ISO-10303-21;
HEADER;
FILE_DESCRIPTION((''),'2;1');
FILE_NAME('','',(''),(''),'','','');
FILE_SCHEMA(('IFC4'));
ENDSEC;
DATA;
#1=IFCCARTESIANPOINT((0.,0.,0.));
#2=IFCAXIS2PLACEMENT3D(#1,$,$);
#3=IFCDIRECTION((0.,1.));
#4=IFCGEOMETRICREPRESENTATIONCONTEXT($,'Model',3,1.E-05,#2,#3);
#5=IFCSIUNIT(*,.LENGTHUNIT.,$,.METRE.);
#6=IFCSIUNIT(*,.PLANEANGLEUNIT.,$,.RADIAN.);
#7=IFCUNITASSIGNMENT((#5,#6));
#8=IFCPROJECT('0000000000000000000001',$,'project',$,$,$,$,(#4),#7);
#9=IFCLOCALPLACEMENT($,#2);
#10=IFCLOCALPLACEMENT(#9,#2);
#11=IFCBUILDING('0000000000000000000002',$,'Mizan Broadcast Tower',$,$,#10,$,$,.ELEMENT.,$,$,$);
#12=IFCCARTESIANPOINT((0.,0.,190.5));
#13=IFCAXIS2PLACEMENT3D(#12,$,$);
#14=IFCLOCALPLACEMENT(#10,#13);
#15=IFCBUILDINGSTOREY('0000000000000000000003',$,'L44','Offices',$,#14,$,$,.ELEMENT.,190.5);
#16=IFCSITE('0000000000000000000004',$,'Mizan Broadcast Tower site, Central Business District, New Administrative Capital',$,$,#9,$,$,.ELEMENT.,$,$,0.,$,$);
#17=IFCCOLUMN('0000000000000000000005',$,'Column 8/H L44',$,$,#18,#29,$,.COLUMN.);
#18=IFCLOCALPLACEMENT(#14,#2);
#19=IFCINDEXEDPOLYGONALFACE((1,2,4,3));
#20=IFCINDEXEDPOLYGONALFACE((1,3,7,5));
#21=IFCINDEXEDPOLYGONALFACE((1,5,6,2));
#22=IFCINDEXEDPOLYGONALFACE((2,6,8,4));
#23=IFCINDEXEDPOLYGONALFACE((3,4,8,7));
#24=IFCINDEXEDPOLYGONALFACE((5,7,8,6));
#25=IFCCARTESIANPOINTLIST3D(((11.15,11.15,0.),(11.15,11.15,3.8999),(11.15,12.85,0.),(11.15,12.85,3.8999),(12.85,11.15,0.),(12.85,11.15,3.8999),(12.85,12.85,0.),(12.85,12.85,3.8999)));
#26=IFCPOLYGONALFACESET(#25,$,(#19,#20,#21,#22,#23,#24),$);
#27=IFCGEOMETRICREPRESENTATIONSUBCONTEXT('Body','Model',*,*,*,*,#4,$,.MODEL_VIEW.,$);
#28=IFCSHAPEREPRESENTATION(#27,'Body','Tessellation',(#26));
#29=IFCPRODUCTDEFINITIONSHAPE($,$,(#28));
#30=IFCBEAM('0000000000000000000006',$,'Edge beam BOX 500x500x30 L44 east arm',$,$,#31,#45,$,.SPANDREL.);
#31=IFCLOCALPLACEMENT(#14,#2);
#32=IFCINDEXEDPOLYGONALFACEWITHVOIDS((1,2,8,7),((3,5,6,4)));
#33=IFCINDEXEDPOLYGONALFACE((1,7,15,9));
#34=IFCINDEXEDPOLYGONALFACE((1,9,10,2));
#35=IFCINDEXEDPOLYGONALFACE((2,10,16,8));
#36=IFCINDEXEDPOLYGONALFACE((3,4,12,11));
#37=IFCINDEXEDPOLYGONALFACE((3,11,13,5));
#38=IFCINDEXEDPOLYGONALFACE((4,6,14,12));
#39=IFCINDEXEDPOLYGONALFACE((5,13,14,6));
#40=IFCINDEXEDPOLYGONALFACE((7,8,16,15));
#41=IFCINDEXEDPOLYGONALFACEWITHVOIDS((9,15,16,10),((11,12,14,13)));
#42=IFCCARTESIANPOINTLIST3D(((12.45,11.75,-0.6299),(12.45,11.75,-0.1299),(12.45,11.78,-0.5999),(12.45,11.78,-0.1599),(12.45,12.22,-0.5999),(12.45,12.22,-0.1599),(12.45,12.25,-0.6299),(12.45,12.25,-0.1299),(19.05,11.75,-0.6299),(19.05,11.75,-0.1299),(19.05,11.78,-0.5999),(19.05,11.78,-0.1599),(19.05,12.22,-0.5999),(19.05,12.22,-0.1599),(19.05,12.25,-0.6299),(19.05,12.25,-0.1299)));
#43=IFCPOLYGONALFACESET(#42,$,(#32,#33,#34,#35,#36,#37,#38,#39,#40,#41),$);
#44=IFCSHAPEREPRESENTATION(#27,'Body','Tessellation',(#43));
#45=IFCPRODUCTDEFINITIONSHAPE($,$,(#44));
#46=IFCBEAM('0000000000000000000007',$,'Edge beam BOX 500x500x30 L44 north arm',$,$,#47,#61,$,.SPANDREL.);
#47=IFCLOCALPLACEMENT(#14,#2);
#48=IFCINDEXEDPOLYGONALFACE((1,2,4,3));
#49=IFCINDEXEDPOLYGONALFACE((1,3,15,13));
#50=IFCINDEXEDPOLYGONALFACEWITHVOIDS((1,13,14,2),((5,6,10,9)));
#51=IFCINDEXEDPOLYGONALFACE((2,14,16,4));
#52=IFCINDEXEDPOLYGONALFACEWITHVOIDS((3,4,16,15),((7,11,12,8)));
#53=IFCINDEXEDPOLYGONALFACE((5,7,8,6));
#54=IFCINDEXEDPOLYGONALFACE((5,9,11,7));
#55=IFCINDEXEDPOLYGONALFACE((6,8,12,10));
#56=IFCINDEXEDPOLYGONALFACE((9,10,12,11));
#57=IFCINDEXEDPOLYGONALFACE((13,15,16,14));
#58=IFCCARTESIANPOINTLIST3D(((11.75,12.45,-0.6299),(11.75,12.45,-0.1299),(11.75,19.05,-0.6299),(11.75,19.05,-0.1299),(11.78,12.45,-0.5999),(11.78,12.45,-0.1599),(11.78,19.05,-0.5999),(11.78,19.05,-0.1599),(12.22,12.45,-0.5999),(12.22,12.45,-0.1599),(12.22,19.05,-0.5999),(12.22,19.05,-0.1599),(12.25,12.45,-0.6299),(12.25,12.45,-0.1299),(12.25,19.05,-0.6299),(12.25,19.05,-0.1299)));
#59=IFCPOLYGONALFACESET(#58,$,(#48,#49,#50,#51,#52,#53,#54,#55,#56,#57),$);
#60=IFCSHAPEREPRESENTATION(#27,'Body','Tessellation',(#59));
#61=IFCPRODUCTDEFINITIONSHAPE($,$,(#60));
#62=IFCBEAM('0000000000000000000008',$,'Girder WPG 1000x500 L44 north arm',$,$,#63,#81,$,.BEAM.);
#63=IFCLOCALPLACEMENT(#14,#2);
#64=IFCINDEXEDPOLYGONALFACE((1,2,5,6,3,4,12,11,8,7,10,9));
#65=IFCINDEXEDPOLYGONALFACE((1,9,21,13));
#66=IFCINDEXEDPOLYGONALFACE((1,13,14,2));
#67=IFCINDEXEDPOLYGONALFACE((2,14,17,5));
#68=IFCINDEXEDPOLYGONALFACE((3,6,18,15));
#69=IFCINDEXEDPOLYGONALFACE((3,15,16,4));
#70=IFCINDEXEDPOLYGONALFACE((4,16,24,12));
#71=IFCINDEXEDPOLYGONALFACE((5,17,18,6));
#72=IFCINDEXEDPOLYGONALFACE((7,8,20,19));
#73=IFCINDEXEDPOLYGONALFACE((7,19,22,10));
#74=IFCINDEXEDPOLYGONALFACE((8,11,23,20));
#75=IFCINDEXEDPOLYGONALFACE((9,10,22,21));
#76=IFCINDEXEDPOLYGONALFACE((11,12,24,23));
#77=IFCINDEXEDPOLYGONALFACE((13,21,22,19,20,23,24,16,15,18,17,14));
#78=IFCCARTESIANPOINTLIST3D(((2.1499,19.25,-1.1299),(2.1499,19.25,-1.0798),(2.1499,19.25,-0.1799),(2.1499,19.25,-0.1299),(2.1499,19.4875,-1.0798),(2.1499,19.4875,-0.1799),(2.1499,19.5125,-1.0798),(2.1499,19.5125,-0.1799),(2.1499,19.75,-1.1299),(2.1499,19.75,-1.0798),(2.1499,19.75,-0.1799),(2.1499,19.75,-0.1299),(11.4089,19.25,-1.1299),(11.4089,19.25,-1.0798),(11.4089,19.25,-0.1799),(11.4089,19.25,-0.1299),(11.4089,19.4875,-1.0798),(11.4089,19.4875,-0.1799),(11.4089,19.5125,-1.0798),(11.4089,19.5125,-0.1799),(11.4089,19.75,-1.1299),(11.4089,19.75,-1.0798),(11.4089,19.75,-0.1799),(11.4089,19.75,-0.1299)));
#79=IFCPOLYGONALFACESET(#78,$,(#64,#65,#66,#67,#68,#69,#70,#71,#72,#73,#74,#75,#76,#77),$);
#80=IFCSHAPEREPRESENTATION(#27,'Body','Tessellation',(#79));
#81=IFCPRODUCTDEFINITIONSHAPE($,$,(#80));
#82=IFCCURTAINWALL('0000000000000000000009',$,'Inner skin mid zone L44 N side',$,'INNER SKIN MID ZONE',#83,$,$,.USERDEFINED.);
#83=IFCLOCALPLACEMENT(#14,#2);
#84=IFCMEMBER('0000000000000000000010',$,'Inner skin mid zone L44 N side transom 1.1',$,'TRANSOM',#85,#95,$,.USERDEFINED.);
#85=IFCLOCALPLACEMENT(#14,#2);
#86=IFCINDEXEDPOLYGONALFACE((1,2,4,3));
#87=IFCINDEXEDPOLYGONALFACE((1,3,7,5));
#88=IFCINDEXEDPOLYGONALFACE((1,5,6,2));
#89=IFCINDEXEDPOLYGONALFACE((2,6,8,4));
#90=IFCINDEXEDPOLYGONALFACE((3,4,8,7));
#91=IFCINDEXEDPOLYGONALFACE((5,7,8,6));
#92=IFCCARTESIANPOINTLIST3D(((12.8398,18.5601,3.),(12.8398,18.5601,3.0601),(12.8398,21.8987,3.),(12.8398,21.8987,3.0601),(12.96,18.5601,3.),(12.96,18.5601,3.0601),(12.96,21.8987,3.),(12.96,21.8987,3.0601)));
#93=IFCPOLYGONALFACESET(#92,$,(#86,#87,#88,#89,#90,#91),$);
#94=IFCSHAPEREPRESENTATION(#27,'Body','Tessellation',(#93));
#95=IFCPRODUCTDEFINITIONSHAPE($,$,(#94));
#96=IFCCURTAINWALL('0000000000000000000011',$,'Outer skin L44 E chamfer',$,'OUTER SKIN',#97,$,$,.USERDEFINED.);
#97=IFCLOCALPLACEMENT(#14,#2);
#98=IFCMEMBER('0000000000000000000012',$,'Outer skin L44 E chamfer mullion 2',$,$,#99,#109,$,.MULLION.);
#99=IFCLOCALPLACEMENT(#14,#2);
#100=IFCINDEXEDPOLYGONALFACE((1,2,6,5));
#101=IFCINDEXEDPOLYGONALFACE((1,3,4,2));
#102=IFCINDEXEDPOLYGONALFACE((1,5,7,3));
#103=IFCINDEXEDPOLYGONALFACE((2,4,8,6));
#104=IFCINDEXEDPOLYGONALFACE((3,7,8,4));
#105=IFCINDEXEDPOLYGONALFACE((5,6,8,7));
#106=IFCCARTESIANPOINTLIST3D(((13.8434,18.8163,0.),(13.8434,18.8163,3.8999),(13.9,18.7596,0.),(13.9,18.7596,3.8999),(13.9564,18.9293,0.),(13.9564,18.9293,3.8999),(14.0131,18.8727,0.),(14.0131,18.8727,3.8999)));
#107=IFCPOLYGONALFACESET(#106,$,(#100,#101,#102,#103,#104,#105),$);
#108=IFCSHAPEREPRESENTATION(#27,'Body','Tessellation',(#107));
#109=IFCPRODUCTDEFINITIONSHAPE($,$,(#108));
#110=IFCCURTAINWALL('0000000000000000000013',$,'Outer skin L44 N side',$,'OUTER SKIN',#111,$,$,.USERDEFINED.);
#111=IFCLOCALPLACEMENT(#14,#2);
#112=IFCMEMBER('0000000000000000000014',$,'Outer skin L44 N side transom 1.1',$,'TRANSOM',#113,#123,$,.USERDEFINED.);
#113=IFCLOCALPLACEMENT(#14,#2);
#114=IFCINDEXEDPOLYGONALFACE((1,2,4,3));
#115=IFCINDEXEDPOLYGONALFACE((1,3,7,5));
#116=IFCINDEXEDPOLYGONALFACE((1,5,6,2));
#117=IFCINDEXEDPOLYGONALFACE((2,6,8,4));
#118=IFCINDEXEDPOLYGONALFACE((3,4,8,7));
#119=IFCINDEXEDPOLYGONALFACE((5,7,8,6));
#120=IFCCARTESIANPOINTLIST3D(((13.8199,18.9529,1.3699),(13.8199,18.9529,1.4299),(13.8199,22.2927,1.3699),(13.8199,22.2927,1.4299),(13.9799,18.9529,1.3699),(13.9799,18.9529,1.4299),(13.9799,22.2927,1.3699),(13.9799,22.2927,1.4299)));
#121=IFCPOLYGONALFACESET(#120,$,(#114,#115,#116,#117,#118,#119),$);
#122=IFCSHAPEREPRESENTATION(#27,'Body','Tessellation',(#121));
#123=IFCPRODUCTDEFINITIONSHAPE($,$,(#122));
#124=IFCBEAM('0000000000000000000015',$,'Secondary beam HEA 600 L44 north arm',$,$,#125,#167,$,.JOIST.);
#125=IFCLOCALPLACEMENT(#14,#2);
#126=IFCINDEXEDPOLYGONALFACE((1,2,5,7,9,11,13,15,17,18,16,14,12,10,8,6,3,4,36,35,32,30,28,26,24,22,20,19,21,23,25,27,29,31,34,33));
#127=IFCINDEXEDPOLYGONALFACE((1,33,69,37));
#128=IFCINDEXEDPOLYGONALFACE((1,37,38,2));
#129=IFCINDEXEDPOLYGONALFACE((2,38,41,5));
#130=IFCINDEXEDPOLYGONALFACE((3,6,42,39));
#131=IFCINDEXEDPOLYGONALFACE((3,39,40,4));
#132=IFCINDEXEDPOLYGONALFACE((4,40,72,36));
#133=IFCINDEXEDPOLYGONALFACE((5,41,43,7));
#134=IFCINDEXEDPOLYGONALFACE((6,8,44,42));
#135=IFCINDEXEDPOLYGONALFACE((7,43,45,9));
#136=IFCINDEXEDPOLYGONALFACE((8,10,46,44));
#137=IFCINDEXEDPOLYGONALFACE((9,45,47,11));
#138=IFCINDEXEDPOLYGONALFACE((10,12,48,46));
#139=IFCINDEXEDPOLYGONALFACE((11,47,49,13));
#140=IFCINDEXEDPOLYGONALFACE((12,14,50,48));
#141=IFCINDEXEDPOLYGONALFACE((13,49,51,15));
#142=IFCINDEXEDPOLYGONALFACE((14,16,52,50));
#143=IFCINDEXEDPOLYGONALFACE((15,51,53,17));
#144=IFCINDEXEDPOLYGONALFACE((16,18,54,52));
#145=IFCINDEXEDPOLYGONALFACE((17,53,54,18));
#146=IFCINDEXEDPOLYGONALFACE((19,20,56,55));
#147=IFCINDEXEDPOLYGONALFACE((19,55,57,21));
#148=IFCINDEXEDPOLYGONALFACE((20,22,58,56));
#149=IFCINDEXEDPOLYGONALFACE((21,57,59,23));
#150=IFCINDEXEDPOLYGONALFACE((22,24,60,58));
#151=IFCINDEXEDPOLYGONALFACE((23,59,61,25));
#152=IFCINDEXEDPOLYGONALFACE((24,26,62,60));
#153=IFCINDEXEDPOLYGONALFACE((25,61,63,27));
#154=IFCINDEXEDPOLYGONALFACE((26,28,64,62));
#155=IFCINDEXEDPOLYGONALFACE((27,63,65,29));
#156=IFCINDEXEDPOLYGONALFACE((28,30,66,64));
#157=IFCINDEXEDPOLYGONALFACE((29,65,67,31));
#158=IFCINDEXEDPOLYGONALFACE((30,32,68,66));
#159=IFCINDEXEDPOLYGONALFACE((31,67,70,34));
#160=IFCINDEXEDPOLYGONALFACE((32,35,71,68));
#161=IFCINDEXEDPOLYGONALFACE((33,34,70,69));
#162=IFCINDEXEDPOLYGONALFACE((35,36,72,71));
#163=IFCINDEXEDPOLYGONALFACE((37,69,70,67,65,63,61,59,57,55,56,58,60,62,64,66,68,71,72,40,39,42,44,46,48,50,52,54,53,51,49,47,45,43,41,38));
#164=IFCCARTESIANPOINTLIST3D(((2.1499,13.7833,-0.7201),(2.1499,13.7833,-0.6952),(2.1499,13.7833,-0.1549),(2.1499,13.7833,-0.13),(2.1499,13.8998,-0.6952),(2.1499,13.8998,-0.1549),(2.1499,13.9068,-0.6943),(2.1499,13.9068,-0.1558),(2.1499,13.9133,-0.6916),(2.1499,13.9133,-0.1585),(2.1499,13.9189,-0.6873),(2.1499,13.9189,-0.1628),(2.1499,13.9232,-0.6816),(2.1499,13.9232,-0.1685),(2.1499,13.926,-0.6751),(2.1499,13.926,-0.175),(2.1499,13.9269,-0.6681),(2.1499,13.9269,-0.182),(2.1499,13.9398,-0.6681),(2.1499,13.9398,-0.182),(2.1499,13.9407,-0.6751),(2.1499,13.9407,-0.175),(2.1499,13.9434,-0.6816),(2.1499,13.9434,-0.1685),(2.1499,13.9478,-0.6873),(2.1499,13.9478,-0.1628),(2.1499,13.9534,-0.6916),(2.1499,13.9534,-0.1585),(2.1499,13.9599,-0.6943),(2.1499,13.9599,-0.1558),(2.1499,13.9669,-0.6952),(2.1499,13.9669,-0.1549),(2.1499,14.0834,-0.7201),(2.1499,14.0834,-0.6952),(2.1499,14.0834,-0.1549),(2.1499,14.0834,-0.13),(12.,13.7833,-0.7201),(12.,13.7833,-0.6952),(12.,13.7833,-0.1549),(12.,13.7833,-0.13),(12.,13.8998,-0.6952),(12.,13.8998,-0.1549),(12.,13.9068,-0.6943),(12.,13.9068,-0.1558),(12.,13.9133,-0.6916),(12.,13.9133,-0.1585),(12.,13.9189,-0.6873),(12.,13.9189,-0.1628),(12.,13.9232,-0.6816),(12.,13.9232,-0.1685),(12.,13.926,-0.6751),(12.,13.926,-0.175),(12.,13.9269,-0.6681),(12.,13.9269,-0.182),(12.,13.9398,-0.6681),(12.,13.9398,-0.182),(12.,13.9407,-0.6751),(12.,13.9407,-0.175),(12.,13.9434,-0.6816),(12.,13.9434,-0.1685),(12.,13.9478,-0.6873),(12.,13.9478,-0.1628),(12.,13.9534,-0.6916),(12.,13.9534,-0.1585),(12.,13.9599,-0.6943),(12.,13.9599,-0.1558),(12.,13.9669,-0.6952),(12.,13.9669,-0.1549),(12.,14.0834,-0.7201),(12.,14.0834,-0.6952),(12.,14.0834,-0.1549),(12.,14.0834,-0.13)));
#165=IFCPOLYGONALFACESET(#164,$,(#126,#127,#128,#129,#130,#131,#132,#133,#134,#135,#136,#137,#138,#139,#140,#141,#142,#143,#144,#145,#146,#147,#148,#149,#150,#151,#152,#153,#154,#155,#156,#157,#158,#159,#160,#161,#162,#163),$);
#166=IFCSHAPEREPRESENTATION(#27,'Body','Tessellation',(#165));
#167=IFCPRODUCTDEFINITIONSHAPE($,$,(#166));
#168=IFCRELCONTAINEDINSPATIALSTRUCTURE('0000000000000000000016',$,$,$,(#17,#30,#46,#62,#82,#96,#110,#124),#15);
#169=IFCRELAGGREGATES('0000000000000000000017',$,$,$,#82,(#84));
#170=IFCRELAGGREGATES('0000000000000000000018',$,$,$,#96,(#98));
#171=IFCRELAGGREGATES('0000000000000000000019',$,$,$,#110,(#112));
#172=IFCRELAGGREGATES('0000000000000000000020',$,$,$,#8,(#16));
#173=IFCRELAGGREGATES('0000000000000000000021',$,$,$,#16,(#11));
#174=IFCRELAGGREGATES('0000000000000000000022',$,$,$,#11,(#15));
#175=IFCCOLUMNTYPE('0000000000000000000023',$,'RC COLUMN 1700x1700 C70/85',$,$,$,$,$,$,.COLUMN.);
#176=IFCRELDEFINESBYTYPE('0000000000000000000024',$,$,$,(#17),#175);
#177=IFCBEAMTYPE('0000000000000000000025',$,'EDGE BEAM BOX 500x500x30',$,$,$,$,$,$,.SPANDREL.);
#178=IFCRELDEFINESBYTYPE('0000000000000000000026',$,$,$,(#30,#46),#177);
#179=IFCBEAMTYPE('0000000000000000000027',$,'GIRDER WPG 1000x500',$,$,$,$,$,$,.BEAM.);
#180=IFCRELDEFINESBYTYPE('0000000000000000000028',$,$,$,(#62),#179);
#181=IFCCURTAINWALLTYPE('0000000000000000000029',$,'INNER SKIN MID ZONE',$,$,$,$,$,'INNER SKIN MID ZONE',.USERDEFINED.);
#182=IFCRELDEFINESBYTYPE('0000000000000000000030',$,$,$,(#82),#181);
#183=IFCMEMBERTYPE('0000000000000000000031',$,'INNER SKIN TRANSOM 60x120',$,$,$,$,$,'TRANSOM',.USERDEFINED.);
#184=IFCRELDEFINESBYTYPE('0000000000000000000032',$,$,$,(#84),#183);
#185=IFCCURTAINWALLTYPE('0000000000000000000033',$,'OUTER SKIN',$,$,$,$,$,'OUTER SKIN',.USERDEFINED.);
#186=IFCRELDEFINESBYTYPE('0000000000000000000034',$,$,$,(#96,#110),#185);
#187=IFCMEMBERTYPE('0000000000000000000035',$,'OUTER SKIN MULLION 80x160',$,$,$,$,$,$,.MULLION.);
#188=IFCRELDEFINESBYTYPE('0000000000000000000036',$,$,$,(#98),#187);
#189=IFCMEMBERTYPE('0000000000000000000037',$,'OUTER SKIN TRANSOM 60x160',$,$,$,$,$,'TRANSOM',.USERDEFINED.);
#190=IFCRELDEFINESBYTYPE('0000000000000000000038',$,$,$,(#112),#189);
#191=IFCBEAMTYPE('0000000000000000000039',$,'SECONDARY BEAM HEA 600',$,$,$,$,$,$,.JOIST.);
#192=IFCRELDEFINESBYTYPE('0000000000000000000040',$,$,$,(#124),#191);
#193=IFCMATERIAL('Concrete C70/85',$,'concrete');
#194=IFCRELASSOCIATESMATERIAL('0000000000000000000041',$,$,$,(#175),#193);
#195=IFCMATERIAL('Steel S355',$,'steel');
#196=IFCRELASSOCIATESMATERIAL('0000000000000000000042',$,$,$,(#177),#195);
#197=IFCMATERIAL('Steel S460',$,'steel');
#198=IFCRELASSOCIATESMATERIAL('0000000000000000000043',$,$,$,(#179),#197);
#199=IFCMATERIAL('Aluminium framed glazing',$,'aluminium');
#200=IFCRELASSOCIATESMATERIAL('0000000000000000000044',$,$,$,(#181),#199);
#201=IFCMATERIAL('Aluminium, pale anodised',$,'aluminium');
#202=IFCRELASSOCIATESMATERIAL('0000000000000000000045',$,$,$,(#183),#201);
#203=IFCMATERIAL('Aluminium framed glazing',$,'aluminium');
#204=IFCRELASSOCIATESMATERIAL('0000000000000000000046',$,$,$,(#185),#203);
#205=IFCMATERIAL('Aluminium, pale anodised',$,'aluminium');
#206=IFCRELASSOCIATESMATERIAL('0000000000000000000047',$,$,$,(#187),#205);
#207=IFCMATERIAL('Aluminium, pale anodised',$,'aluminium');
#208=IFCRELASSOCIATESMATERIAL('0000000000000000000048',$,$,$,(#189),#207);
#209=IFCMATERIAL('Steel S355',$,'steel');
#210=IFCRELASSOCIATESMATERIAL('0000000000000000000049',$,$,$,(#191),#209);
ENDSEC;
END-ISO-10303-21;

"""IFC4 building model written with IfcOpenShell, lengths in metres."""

from ifc_helpers import new_model, si_unit, direction, frame, origin, origin_2d, place, context, subcontext, project, spatial, rectangle, hollow_rectangle, i_section, extrude, material, material_profile, profile_set, type_object, element, aggregate, save


model = new_model("IFC4")

# Units and contexts
model_context = context("Model", 3, precision=1e-05, world=origin(), true_north=direction((0.0, 1.0)))
body_context = subcontext(model_context, "Body", "Model", "MODEL_VIEW")
ifc_project = project(units=[si_unit("LENGTHUNIT", "METRE"), si_unit("PLANEANGLEUNIT", "RADIAN")], contexts=[model_context])

# Site, building, storey
site_placement = place(None, origin())
site = spatial("IfcSite", under=ifc_project, at=site_placement, Name="Mizan Broadcast Tower site, Central Business District, New Administrative Capital", CompositionType="ELEMENT", RefElevation=0.0)
building_placement = place(site_placement, origin())
building = spatial("IfcBuilding", under=site, at=building_placement, Name="Mizan Broadcast Tower", CompositionType="ELEMENT")
storey_placement = place(building_placement, frame((0.0, 0.0, 190.5)))
storey = spatial("IfcBuildingStorey", under=building, at=storey_placement, Name="L44", Description="Offices", CompositionType="ELEMENT", Elevation=190.5)

# Column
ifc_material_1 = material(Name="Concrete C70/85", Category="concrete")
ifc_material_profile_1 = material_profile(ifc_material_1, rectangle(XDim=1.7, YDim=1.7, at=origin_2d()), Name="RC 1700x1700")
ifc_profile_set_1 = profile_set([ifc_material_profile_1], Name="Concrete C70/85")
column_type = type_object("IfcColumnType", Name="RC COLUMN 1700x1700 C70/85", PredefinedType="COLUMN", material=ifc_profile_set_1)
column_placement = place(storey_placement, frame((12.0, 12.0, 0.0), z_axis=(0.0, 0.0, 1.0), x_axis=(1.0, 0.0, 0.0)))
element("IfcColumn", 1, at=column_placement, inside=storey, type_object=column_type, Name="Column 8/H L44", PredefinedType="COLUMN", context=body_context, shape_type="SweptSolid", body=[
    extrude(rectangle(XDim=1.7, YDim=1.7, at=origin_2d()), origin(), (0.0, 0.0, 1.0), 3.8999),
])

# Beams
ifc_material_2 = material(Name="Steel S355", Category="steel")
ifc_material_profile_2 = material_profile(ifc_material_2, hollow_rectangle(XDim=0.5, YDim=0.5, WallThickness=0.03, at=origin_2d()), Name="BOX 500x500x30")
ifc_profile_set_2 = profile_set([ifc_material_profile_2], Name="Steel S355")
beam_type_1 = type_object("IfcBeamType", Name="EDGE BEAM BOX 500x500x30", PredefinedType="SPANDREL", material=ifc_profile_set_2)
for number, where, z_axis, x_axis, name in (
    (2, (12.45, 12.0, -0.3799), (1.0, 0.0, 0.0), (0.0, 1.0, 0.0), "Edge beam BOX 500x500x30 L44 east arm"),
    (3, (12.0, 12.45, -0.3799), (0.0, 1.0, 0.0), (-1.0, 0.0, 0.0), "Edge beam BOX 500x500x30 L44 north arm"),
):
    element("IfcBeam", number, at=place(storey_placement, frame(where, z_axis=z_axis, x_axis=x_axis)), inside=storey, type_object=beam_type_1, Name=name, PredefinedType="SPANDREL", context=body_context, shape_type="SweptSolid", body=[
        extrude(hollow_rectangle(XDim=0.5, YDim=0.5, WallThickness=0.03, at=origin_2d()), origin(), (0.0, 0.0, 1.0), 6.6001),
    ])
ifc_material_3 = material(Name="Steel S460", Category="steel")
ifc_material_profile_3 = material_profile(ifc_material_3, i_section(OverallWidth=0.5, OverallDepth=1.0, WebThickness=0.0249, FlangeThickness=0.05, at=origin_2d()), Name="WPG 1000x500")
ifc_profile_set_3 = profile_set([ifc_material_profile_3], Name="Steel S460")
beam_type_2 = type_object("IfcBeamType", Name="GIRDER WPG 1000x500", PredefinedType="BEAM", material=ifc_profile_set_3)
beam_1_placement = place(storey_placement, frame((11.4089, 19.5, -0.6299), z_axis=(-1.0, 0.0, 0.0), x_axis=(0.0, -1.0, 0.0)))
element("IfcBeam", 4, at=beam_1_placement, inside=storey, type_object=beam_type_2, Name="Girder WPG 1000x500 L44 north arm", PredefinedType="BEAM", context=body_context, shape_type="SweptSolid", body=[
    extrude(i_section(OverallWidth=0.5, OverallDepth=1.0, WebThickness=0.0249, FlangeThickness=0.05, at=origin_2d()), origin(), (0.0, 0.0, 1.0), 9.259),
])

# Curtain walls, members
ifc_material_4 = material(Name="Aluminium framed glazing", Category="aluminium")
curtain_wall_type_1 = type_object("IfcCurtainWallType", Name="INNER SKIN MID ZONE", ElementType="INNER SKIN MID ZONE", PredefinedType="USERDEFINED", material=ifc_material_4)
curtain_wall_1_placement = place(storey_placement, origin())
curtain_wall_1 = element("IfcCurtainWall", 5, at=curtain_wall_1_placement, inside=storey, type_object=curtain_wall_type_1, Name="Inner skin mid zone L44 N side", ObjectType="INNER SKIN MID ZONE", PredefinedType="USERDEFINED")
ifc_material_5 = material(Name="Aluminium, pale anodised", Category="aluminium")
ifc_material_profile_4 = material_profile(ifc_material_5, rectangle(XDim=0.1201, YDim=0.0601, at=origin_2d()), Name="TRANSOM 120x60")
ifc_profile_set_4 = profile_set([ifc_material_profile_4], Name="Aluminium, pale anodised")
member_type_1 = type_object("IfcMemberType", Name="INNER SKIN TRANSOM 60x120", ElementType="TRANSOM", PredefinedType="USERDEFINED", material=ifc_profile_set_4)
member_1_placement = place(storey_placement, frame((12.8999, 18.5601, 3.03), z_axis=(0.0, 1.0, 0.0), x_axis=(-1.0, 0.0, 0.0)))
member_1 = element("IfcMember", 6, at=member_1_placement, type_object=member_type_1, Name="Inner skin mid zone L44 N side transom 1.1", ObjectType="TRANSOM", PredefinedType="USERDEFINED", context=body_context, shape_type="SweptSolid", body=[
    extrude(rectangle(XDim=0.1201, YDim=0.0601, at=origin_2d()), origin(), (0.0, 0.0, 1.0), 3.3386),
])
aggregate(curtain_wall_1, [member_1])
ifc_material_6 = material(Name="Aluminium framed glazing", Category="aluminium")
curtain_wall_type_2 = type_object("IfcCurtainWallType", Name="OUTER SKIN", ElementType="OUTER SKIN", PredefinedType="USERDEFINED", material=ifc_material_6)
curtain_wall_2_placement = place(storey_placement, origin())
curtain_wall_2 = element("IfcCurtainWall", 7, at=curtain_wall_2_placement, inside=storey, type_object=curtain_wall_type_2, Name="Outer skin L44 E chamfer", ObjectType="OUTER SKIN", PredefinedType="USERDEFINED")
ifc_material_7 = material(Name="Aluminium, pale anodised", Category="aluminium")
ifc_material_profile_5 = material_profile(ifc_material_7, rectangle(XDim=0.1599, YDim=0.0801, at=origin_2d()), Name="MULLION 160x80")
ifc_profile_set_5 = profile_set([ifc_material_profile_5], Name="Aluminium, pale anodised")
member_type_2 = type_object("IfcMemberType", Name="OUTER SKIN MULLION 80x160", PredefinedType="MULLION", material=ifc_profile_set_5)
member_2_placement = place(storey_placement, frame((13.9282, 18.8445, 0.0), z_axis=(0.0, 0.0, 1.0), x_axis=(-0.707107, -0.707107, 0.0)))
member_2 = element("IfcMember", 8, at=member_2_placement, type_object=member_type_2, Name="Outer skin L44 E chamfer mullion 2", PredefinedType="MULLION", context=body_context, shape_type="SweptSolid", body=[
    extrude(rectangle(XDim=0.1599, YDim=0.0801, at=origin_2d()), origin(), (0.0, 0.0, 1.0), 3.8999),
])
aggregate(curtain_wall_2, [member_2])
curtain_wall_3_placement = place(storey_placement, origin())
curtain_wall_3 = element("IfcCurtainWall", 9, at=curtain_wall_3_placement, inside=storey, type_object=curtain_wall_type_2, Name="Outer skin L44 N side", ObjectType="OUTER SKIN", PredefinedType="USERDEFINED")
ifc_material_8 = material(Name="Aluminium, pale anodised", Category="aluminium")
ifc_material_profile_6 = material_profile(ifc_material_8, rectangle(XDim=0.1599, YDim=0.0601, at=origin_2d()), Name="TRANSOM 160x60")
ifc_profile_set_6 = profile_set([ifc_material_profile_6], Name="Aluminium, pale anodised")
member_type_3 = type_object("IfcMemberType", Name="OUTER SKIN TRANSOM 60x160", ElementType="TRANSOM", PredefinedType="USERDEFINED", material=ifc_profile_set_6)
member_3_placement = place(storey_placement, frame((13.8999, 18.9529, 1.3999), z_axis=(0.0, 1.0, 0.0), x_axis=(-1.0, 0.0, 0.0)))
member_3 = element("IfcMember", 10, at=member_3_placement, type_object=member_type_3, Name="Outer skin L44 N side transom 1.1", ObjectType="TRANSOM", PredefinedType="USERDEFINED", context=body_context, shape_type="SweptSolid", body=[
    extrude(rectangle(XDim=0.1599, YDim=0.0601, at=origin_2d()), origin(), (0.0, 0.0, 1.0), 3.3398),
])
aggregate(curtain_wall_3, [member_3])

# Beam
ifc_material_9 = material(Name="Steel S355", Category="steel")
ifc_material_profile_7 = material_profile(ifc_material_9, i_section(OverallWidth=0.3, OverallDepth=0.5901, WebThickness=0.0129, FlangeThickness=0.0249, FilletRadius=0.0271, at=origin_2d()), Name="HEA 600")
ifc_profile_set_7 = profile_set([ifc_material_profile_7], Name="Steel S355")
beam_type_3 = type_object("IfcBeamType", Name="SECONDARY BEAM HEA 600", PredefinedType="JOIST", material=ifc_profile_set_7)
for number, where, z_axis, x_axis, name in (
    (11, (12.0, 13.9333, -0.425), (-1.0, 0.0, 0.0), (0.0, -1.0, 0.0), "Secondary beam HEA 600 L44 north arm"),
):
    element("IfcBeam", number, at=place(storey_placement, frame(where, z_axis=z_axis, x_axis=x_axis)), inside=storey, type_object=beam_type_3, Name=name, PredefinedType="JOIST", context=body_context, shape_type="SweptSolid", body=[
        extrude(i_section(OverallWidth=0.3, OverallDepth=0.5901, WebThickness=0.0129, FlangeThickness=0.0249, FilletRadius=0.0271, at=origin_2d()), origin(), (0.0, 0.0, 1.0), 9.8501),
    ])

save(model, "model.ifc")
